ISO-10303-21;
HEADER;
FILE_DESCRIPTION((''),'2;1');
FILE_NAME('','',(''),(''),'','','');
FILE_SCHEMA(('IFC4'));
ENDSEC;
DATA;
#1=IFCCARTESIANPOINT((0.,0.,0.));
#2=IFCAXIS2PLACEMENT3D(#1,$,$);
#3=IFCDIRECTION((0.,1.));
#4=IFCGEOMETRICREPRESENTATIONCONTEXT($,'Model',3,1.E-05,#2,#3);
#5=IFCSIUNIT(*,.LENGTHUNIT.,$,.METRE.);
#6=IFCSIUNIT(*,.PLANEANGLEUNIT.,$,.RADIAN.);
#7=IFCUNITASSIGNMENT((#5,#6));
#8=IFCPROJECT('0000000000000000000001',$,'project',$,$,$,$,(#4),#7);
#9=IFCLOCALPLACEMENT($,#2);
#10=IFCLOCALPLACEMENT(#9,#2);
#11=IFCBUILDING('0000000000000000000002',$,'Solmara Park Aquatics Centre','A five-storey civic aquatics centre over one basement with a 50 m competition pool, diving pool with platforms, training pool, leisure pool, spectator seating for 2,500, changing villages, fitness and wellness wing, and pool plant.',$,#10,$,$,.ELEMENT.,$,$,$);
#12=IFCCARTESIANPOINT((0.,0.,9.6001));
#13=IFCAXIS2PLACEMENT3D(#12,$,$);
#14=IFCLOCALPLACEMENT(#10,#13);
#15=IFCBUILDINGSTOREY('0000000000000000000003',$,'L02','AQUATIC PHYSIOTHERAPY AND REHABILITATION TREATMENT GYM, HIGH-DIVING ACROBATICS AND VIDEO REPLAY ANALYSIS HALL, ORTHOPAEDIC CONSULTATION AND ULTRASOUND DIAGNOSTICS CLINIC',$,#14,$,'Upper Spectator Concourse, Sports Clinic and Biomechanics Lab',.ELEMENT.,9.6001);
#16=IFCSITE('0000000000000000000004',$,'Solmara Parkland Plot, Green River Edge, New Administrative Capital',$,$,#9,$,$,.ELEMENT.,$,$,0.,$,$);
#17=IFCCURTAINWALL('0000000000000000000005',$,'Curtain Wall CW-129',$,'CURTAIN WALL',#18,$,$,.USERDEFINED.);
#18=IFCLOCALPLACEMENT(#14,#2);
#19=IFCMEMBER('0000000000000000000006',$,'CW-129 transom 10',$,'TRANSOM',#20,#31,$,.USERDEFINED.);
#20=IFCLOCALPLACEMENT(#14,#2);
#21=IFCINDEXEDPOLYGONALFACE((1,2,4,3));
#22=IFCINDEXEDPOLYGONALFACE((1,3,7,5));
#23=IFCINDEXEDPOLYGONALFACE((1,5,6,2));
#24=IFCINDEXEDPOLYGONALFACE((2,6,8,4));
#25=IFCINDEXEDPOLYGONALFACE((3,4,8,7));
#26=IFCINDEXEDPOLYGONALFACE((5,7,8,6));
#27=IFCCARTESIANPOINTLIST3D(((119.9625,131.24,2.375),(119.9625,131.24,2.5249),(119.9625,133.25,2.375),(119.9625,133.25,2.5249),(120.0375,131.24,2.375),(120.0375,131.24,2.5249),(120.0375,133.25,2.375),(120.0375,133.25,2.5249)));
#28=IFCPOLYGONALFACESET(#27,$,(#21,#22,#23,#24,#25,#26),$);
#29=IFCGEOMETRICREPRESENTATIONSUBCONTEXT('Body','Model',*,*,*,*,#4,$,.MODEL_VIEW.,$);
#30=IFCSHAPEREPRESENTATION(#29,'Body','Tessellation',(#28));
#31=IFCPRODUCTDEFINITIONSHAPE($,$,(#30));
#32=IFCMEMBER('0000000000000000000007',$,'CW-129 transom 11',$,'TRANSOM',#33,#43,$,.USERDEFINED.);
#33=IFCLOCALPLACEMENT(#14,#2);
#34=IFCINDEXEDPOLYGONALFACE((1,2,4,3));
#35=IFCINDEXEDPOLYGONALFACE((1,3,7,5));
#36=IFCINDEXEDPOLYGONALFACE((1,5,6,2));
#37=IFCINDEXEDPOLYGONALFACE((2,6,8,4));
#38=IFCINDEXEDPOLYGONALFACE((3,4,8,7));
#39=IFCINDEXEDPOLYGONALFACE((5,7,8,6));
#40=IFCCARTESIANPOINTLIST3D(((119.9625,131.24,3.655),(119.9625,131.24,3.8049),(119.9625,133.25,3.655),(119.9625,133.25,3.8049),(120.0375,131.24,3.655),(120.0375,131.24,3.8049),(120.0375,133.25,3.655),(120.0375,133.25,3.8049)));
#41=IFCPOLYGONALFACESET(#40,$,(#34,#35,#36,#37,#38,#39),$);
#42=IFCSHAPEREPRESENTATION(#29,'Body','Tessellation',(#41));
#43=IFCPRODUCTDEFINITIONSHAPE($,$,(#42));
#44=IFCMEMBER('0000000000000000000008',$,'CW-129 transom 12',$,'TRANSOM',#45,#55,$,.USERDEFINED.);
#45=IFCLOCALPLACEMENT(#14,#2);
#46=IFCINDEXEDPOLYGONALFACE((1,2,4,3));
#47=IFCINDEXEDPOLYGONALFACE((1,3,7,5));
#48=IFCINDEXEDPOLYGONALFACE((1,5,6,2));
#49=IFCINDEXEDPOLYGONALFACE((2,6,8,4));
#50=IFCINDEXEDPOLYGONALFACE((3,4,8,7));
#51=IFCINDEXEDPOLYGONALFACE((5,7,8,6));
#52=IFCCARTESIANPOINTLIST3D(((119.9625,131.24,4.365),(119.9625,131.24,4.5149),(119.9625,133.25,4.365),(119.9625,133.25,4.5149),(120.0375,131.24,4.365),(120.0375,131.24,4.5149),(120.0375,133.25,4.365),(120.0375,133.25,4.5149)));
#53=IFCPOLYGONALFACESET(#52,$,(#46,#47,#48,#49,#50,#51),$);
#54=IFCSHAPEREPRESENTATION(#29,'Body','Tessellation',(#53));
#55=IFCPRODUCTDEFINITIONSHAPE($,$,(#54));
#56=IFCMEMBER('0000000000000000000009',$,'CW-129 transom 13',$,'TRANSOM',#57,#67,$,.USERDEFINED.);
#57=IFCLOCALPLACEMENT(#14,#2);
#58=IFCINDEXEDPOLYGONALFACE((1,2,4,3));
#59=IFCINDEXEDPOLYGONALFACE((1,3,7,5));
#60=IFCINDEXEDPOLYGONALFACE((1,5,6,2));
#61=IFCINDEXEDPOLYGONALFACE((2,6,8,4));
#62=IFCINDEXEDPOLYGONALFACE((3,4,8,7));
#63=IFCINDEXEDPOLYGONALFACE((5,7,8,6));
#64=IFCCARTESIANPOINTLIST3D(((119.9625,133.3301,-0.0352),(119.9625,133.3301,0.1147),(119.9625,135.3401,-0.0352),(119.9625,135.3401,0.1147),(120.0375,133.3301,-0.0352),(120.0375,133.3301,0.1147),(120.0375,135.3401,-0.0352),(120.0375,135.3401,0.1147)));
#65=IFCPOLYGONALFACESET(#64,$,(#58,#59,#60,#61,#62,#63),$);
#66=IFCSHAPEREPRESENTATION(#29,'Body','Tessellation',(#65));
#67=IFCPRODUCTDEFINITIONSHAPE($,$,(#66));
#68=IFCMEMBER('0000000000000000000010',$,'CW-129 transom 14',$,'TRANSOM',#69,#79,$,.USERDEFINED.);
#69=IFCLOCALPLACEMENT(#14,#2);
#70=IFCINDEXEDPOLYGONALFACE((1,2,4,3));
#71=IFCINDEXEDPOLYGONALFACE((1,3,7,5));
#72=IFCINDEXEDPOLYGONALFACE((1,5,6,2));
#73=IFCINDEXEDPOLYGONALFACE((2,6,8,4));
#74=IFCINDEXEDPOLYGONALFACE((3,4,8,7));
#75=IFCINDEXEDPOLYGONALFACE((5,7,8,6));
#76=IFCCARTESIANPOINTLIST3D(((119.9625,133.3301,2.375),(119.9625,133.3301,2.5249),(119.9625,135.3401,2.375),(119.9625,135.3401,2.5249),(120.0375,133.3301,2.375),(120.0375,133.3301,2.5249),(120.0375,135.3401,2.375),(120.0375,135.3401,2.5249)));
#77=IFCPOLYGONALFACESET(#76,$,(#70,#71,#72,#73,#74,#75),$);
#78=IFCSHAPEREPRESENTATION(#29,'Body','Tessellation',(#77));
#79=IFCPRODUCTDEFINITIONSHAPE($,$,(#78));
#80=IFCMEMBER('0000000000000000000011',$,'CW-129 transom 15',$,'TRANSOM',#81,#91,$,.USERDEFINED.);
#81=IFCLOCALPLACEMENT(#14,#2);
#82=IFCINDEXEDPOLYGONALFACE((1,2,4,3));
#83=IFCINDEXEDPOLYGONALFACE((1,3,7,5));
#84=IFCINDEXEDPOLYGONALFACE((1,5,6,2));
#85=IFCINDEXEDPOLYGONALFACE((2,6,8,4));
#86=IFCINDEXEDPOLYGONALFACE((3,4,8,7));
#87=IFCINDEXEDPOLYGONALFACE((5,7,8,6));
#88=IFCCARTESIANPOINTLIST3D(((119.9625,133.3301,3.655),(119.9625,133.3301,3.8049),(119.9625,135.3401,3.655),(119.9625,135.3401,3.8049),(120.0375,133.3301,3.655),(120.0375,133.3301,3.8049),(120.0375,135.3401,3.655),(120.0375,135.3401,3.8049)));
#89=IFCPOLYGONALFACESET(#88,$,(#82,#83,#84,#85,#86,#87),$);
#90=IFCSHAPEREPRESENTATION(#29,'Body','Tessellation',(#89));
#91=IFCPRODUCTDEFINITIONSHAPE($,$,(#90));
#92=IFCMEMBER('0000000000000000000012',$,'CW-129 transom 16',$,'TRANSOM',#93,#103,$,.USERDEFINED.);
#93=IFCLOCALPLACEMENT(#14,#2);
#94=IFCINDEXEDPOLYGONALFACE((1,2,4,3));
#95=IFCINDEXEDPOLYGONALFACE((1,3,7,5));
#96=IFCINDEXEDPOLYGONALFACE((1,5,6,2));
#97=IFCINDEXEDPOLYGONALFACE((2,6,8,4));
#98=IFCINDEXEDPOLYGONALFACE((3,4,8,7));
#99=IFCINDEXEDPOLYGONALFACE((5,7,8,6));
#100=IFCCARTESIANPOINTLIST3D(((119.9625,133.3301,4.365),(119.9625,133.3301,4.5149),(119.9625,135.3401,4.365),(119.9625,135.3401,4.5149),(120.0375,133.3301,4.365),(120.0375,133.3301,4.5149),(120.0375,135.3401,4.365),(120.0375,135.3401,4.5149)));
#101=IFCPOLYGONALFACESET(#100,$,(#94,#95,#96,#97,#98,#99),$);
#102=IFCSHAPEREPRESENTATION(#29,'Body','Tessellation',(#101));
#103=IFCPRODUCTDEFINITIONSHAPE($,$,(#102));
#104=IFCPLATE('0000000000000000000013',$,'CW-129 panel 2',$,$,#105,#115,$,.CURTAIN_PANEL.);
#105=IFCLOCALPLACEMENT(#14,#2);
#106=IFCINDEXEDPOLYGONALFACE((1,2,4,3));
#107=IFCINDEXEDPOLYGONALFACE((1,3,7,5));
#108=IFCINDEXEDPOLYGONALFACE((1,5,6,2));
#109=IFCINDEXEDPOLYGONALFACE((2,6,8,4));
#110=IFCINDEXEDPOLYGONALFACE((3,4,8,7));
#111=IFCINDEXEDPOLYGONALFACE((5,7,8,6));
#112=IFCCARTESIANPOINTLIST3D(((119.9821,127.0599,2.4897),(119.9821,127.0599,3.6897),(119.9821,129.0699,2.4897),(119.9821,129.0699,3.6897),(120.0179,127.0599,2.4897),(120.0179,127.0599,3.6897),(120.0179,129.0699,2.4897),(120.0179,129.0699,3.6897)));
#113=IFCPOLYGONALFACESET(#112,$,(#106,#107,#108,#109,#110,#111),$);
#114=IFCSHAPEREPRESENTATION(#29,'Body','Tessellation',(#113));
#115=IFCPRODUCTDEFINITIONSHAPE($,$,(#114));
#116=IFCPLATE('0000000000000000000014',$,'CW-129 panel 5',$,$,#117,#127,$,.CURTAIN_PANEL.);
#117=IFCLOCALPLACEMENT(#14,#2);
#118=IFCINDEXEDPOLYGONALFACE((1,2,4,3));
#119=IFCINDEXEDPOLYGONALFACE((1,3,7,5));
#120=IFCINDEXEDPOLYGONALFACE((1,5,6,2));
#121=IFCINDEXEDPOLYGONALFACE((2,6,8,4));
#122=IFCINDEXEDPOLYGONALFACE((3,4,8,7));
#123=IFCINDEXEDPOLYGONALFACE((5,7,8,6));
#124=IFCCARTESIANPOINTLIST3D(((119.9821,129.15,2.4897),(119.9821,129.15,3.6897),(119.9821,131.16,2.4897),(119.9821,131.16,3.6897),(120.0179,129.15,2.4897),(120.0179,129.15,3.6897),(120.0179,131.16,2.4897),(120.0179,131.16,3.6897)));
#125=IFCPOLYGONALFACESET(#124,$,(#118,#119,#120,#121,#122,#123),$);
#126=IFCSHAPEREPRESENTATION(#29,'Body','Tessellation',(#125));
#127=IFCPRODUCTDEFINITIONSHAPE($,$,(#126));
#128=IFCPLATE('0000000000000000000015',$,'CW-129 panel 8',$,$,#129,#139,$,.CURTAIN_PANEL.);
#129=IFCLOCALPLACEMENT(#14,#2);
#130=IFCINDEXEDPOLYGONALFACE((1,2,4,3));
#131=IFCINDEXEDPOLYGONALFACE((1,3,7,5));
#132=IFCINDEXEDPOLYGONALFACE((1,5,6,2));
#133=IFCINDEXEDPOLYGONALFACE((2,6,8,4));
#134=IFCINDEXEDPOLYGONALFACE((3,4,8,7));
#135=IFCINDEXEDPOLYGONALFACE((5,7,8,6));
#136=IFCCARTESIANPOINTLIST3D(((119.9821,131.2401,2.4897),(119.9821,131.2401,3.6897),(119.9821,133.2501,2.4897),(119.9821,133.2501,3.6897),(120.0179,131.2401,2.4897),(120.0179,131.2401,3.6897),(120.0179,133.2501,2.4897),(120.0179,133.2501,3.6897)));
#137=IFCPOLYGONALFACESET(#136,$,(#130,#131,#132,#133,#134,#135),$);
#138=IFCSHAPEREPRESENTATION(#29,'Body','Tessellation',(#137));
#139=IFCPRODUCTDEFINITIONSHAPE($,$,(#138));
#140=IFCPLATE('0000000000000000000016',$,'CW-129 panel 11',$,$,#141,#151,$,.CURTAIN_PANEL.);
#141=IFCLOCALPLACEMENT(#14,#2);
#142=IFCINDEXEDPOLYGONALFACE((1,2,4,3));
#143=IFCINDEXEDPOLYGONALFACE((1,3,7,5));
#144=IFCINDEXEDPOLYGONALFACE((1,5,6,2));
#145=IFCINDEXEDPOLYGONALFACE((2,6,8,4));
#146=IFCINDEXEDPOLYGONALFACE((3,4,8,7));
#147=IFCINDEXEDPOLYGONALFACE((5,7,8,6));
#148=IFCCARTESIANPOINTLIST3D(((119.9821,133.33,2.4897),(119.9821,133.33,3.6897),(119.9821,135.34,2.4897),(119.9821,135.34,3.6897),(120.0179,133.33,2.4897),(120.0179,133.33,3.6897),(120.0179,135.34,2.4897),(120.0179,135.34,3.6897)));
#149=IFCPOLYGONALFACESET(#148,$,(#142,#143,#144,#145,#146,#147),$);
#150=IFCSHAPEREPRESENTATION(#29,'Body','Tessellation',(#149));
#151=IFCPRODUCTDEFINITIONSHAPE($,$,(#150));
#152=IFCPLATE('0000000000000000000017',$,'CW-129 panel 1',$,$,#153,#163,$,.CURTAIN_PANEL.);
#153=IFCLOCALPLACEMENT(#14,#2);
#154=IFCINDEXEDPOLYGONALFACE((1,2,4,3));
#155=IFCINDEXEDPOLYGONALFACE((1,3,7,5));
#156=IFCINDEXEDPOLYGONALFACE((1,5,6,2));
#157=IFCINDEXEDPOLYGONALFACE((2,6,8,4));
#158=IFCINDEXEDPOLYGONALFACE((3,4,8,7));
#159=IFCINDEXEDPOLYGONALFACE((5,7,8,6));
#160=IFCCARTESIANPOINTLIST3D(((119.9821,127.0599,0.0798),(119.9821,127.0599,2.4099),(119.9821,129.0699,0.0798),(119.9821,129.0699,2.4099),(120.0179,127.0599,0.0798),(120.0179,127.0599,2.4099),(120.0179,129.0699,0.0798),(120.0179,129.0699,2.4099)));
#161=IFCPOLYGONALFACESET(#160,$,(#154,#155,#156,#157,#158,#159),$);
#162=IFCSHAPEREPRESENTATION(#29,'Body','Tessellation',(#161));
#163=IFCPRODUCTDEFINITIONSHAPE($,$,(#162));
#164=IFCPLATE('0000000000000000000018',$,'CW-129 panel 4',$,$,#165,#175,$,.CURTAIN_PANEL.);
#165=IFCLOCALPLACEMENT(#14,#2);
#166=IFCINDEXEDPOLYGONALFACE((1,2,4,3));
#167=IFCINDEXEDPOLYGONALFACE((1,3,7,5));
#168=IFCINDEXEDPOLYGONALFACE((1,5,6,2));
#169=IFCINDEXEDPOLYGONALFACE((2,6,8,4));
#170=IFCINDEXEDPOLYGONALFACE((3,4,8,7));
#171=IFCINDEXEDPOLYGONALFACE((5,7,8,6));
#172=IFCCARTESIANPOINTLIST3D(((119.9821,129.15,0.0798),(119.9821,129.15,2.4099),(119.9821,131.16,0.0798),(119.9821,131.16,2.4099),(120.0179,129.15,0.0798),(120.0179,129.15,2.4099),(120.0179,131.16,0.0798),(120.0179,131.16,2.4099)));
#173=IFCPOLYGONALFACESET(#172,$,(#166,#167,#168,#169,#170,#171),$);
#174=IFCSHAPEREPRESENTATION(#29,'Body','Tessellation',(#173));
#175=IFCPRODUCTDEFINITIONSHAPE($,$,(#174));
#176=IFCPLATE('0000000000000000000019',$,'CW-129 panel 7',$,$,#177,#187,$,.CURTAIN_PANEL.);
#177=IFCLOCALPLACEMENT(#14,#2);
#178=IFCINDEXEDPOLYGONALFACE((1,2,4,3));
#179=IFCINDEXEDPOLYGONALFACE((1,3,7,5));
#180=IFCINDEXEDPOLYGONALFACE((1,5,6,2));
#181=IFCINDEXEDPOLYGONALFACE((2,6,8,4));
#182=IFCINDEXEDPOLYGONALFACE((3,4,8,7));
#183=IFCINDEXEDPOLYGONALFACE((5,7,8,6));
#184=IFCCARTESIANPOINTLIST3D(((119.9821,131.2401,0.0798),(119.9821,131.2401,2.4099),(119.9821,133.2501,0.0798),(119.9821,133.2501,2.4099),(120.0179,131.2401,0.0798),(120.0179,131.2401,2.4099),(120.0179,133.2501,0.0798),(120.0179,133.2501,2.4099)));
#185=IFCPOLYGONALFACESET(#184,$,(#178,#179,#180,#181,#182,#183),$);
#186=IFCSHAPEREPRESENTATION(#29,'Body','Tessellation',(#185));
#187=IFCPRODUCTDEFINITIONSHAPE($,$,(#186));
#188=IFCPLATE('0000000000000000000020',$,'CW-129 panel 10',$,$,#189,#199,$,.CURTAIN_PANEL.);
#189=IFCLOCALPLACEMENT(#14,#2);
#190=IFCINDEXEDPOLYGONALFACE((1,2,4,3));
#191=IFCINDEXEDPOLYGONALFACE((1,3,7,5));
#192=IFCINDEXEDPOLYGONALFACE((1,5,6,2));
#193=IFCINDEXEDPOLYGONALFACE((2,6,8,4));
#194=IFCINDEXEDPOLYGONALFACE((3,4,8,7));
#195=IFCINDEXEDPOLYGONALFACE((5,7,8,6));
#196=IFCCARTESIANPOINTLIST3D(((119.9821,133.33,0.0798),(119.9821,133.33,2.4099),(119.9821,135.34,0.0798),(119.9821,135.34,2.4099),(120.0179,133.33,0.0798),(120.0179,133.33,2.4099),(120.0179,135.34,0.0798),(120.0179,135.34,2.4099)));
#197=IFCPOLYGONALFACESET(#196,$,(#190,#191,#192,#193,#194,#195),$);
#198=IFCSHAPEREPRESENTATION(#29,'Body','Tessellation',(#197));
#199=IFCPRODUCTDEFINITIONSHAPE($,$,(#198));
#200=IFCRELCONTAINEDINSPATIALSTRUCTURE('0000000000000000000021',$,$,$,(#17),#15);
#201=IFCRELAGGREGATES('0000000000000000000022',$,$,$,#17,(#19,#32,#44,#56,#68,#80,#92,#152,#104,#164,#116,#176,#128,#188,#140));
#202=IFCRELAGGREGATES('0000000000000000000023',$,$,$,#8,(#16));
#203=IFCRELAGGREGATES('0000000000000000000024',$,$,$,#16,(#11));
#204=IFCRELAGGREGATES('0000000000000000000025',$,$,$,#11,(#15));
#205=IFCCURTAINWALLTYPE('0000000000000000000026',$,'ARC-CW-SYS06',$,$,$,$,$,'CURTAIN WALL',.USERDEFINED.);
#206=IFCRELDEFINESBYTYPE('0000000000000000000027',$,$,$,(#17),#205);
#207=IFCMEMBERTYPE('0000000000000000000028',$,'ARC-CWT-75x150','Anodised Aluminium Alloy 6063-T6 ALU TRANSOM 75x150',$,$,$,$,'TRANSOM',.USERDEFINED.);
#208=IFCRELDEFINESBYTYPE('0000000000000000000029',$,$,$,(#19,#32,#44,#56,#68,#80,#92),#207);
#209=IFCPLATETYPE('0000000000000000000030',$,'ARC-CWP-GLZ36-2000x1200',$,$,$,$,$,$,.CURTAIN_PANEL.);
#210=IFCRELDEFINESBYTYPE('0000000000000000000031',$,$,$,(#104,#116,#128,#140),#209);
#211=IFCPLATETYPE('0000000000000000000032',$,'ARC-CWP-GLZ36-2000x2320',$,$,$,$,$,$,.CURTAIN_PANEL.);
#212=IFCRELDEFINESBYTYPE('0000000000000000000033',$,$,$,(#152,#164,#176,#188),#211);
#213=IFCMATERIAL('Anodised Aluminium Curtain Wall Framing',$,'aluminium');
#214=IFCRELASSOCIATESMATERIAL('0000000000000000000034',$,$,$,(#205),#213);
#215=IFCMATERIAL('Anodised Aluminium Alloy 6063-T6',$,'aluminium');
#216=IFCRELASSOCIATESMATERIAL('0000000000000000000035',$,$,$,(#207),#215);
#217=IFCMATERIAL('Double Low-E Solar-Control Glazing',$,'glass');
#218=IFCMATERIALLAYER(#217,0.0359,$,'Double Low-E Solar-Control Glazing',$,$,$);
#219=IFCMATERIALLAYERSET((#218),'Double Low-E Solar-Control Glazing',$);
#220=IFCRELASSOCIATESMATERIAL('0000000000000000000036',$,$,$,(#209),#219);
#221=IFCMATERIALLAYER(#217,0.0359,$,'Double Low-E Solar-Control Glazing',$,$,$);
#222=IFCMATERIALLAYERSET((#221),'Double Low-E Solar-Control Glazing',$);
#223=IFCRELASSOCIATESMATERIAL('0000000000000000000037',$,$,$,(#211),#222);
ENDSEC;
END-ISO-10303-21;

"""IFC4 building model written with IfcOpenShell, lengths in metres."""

from ifc_helpers import new_model, si_unit, direction, frame, origin, origin_2d, place, context, subcontext, project, spatial, rectangle, extrude, material, layer, layer_set, material_profile, profile_set, type_object, element, aggregate, save


model = new_model("IFC4")

# Units and contexts
model_context = context("Model", 3, precision=1e-05, world=origin(), true_north=direction((0.0, 1.0)))
body_context = subcontext(model_context, "Body", "Model", "MODEL_VIEW")
ifc_project = project(units=[si_unit("LENGTHUNIT", "METRE"), si_unit("PLANEANGLEUNIT", "RADIAN")], contexts=[model_context])

# Site, building, storey
site_placement = place(None, origin())
site = spatial("IfcSite", under=ifc_project, at=site_placement, Name="Solmara Parkland Plot, Green River Edge, New Administrative Capital", CompositionType="ELEMENT", RefElevation=0.0)
building_placement = place(site_placement, origin())
building = spatial("IfcBuilding", under=site, at=building_placement, Name="Solmara Park Aquatics Centre", Description="A five-storey civic aquatics centre over one basement with a 50 m competition pool, diving pool with platforms, training pool, leisure pool, spectator seating for 2,500, changing villages, fitness and wellness wing, and pool plant.", CompositionType="ELEMENT")
storey_placement = place(building_placement, frame((0.0, 0.0, 9.6001)))
storey = spatial("IfcBuildingStorey", under=building, at=storey_placement, Name="L02", Description="AQUATIC PHYSIOTHERAPY AND REHABILITATION TREATMENT GYM, HIGH-DIVING ACROBATICS AND VIDEO REPLAY ANALYSIS HALL, ORTHOPAEDIC CONSULTATION AND ULTRASOUND DIAGNOSTICS CLINIC", LongName="Upper Spectator Concourse, Sports Clinic and Biomechanics Lab", CompositionType="ELEMENT", Elevation=9.6001)

# Curtain wall, members, plates
ifc_material_1 = material(Name="Anodised Aluminium Curtain Wall Framing", Category="aluminium")
curtain_wall_type = type_object("IfcCurtainWallType", Name="ARC-CW-SYS06", ElementType="CURTAIN WALL", PredefinedType="USERDEFINED", material=ifc_material_1)
curtain_wall_placement = place(storey_placement, origin())
curtain_wall = element("IfcCurtainWall", 1, at=curtain_wall_placement, inside=storey, type_object=curtain_wall_type, Name="Curtain Wall CW-129", ObjectType="CURTAIN WALL", PredefinedType="USERDEFINED")
ifc_material_2 = material(Name="Anodised Aluminium Alloy 6063-T6", Category="aluminium")
ifc_material_profile_1 = material_profile(ifc_material_2, rectangle(XDim=0.075, YDim=0.1499, at=origin_2d()), Name="ALU TRANSOM 75x150")
ifc_profile_set_1 = profile_set([ifc_material_profile_1], Name="Anodised Aluminium Alloy 6063-T6")
member_type_1 = type_object("IfcMemberType", Name="ARC-CWT-75x150", Description="Anodised Aluminium Alloy 6063-T6 ALU TRANSOM 75x150", ElementType="TRANSOM", PredefinedType="USERDEFINED", material=ifc_profile_set_1)
member_1_placement = place(storey_placement, frame((120.0, 131.24, 2.45), z_axis=(0.0, 1.0, 0.0), x_axis=(-1.0, 0.0, 0.0)))
member_1 = element("IfcMember", 2, at=member_1_placement, type_object=member_type_1, Name="CW-129 transom 10", ObjectType="TRANSOM", PredefinedType="USERDEFINED", context=body_context, shape_type="SweptSolid", body=[
    extrude(rectangle(XDim=0.075, YDim=0.1499, at=origin_2d()), origin(), (0.0, 0.0, 1.0), 2.01),
])
member_2_placement = place(storey_placement, frame((120.0, 131.24, 3.73), z_axis=(0.0, 1.0, 0.0), x_axis=(-1.0, 0.0, 0.0)))
member_2 = element("IfcMember", 3, at=member_2_placement, type_object=member_type_1, Name="CW-129 transom 11", ObjectType="TRANSOM", PredefinedType="USERDEFINED", context=body_context, shape_type="SweptSolid", body=[
    extrude(rectangle(XDim=0.075, YDim=0.1499, at=origin_2d()), origin(), (0.0, 0.0, 1.0), 2.01),
])
member_3_placement = place(storey_placement, frame((120.0, 131.24, 4.4399), z_axis=(0.0, 1.0, 0.0), x_axis=(-1.0, 0.0, 0.0)))
member_3 = element("IfcMember", 4, at=member_3_placement, type_object=member_type_1, Name="CW-129 transom 12", ObjectType="TRANSOM", PredefinedType="USERDEFINED", context=body_context, shape_type="SweptSolid", body=[
    extrude(rectangle(XDim=0.075, YDim=0.1499, at=origin_2d()), origin(), (0.0, 0.0, 1.0), 2.01),
])
member_4_placement = place(storey_placement, frame((120.0, 133.3301, 0.0398), z_axis=(0.0, 1.0, 0.0), x_axis=(-1.0, 0.0, 0.0)))
member_4 = element("IfcMember", 5, at=member_4_placement, type_object=member_type_1, Name="CW-129 transom 13", ObjectType="TRANSOM", PredefinedType="USERDEFINED", context=body_context, shape_type="SweptSolid", body=[
    extrude(rectangle(XDim=0.075, YDim=0.1499, at=origin_2d()), origin(), (0.0, 0.0, 1.0), 2.01),
])
member_5_placement = place(storey_placement, frame((120.0, 133.3301, 2.45), z_axis=(0.0, 1.0, 0.0), x_axis=(-1.0, 0.0, 0.0)))
member_5 = element("IfcMember", 6, at=member_5_placement, type_object=member_type_1, Name="CW-129 transom 14", ObjectType="TRANSOM", PredefinedType="USERDEFINED", context=body_context, shape_type="SweptSolid", body=[
    extrude(rectangle(XDim=0.075, YDim=0.1499, at=origin_2d()), origin(), (0.0, 0.0, 1.0), 2.01),
])
member_6_placement = place(storey_placement, frame((120.0, 133.3301, 3.73), z_axis=(0.0, 1.0, 0.0), x_axis=(-1.0, 0.0, 0.0)))
member_6 = element("IfcMember", 7, at=member_6_placement, type_object=member_type_1, Name="CW-129 transom 15", ObjectType="TRANSOM", PredefinedType="USERDEFINED", context=body_context, shape_type="SweptSolid", body=[
    extrude(rectangle(XDim=0.075, YDim=0.1499, at=origin_2d()), origin(), (0.0, 0.0, 1.0), 2.01),
])
member_7_placement = place(storey_placement, frame((120.0, 133.3301, 4.4399), z_axis=(0.0, 1.0, 0.0), x_axis=(-1.0, 0.0, 0.0)))
member_7 = element("IfcMember", 8, at=member_7_placement, type_object=member_type_1, Name="CW-129 transom 16", ObjectType="TRANSOM", PredefinedType="USERDEFINED", context=body_context, shape_type="SweptSolid", body=[
    extrude(rectangle(XDim=0.075, YDim=0.1499, at=origin_2d()), origin(), (0.0, 0.0, 1.0), 2.01),
])
ifc_material_3 = material(Name="Double Low-E Solar-Control Glazing", Category="glass")
ifc_layer_1 = layer(ifc_material_3, 0.0359, Name="Double Low-E Solar-Control Glazing")
ifc_layer_set_1 = layer_set([ifc_layer_1], Name="Double Low-E Solar-Control Glazing")
plate_type_1 = type_object("IfcPlateType", Name="ARC-CWP-GLZ36-2000x1200", PredefinedType="CURTAIN_PANEL", material=ifc_layer_set_1)
plate_1_placement = place(storey_placement, frame((120.0, 128.0649, 2.4897), z_axis=(0.0, 0.0, 1.0), x_axis=(0.0, 1.0, 0.0)))
plate_1 = element("IfcPlate", 9, at=plate_1_placement, type_object=plate_type_1, Name="CW-129 panel 2", PredefinedType="CURTAIN_PANEL", context=body_context, shape_type="SweptSolid", body=[
    extrude(rectangle(XDim=2.01, YDim=0.0359, at=origin_2d()), origin(), (0.0, 0.0, 1.0), 1.2),
])
plate_2_placement = place(storey_placement, frame((120.0, 130.155, 2.4897), z_axis=(0.0, 0.0, 1.0), x_axis=(0.0, 1.0, 0.0)))
plate_2 = element("IfcPlate", 10, at=plate_2_placement, type_object=plate_type_1, Name="CW-129 panel 5", PredefinedType="CURTAIN_PANEL", context=body_context, shape_type="SweptSolid", body=[
    extrude(rectangle(XDim=2.01, YDim=0.0359, at=origin_2d()), origin(), (0.0, 0.0, 1.0), 1.2),
])
plate_3_placement = place(storey_placement, frame((120.0, 132.2451, 2.4897), z_axis=(0.0, 0.0, 1.0), x_axis=(0.0, 1.0, 0.0)))
plate_3 = element("IfcPlate", 11, at=plate_3_placement, type_object=plate_type_1, Name="CW-129 panel 8", PredefinedType="CURTAIN_PANEL", context=body_context, shape_type="SweptSolid", body=[
    extrude(rectangle(XDim=2.01, YDim=0.0359, at=origin_2d()), origin(), (0.0, 0.0, 1.0), 1.2),
])
plate_4_placement = place(storey_placement, frame((120.0, 134.335, 2.4897), z_axis=(0.0, 0.0, 1.0), x_axis=(0.0, 1.0, 0.0)))
plate_4 = element("IfcPlate", 12, at=plate_4_placement, type_object=plate_type_1, Name="CW-129 panel 11", PredefinedType="CURTAIN_PANEL", context=body_context, shape_type="SweptSolid", body=[
    extrude(rectangle(XDim=2.01, YDim=0.0359, at=origin_2d()), origin(), (0.0, 0.0, 1.0), 1.2),
])
ifc_layer_2 = layer(ifc_material_3, 0.0359, Name="Double Low-E Solar-Control Glazing")
ifc_layer_set_2 = layer_set([ifc_layer_2], Name="Double Low-E Solar-Control Glazing")
plate_type_2 = type_object("IfcPlateType", Name="ARC-CWP-GLZ36-2000x2320", PredefinedType="CURTAIN_PANEL", material=ifc_layer_set_2)
plate_5_placement = place(storey_placement, frame((120.0, 128.0649, 0.0798), z_axis=(0.0, 0.0, 1.0), x_axis=(0.0, 1.0, 0.0)))
plate_5 = element("IfcPlate", 13, at=plate_5_placement, type_object=plate_type_2, Name="CW-129 panel 1", PredefinedType="CURTAIN_PANEL", context=body_context, shape_type="SweptSolid", body=[
    extrude(rectangle(XDim=2.01, YDim=0.0359, at=origin_2d()), origin(), (0.0, 0.0, 1.0), 2.3301),
])
plate_6_placement = place(storey_placement, frame((120.0, 130.155, 0.0798), z_axis=(0.0, 0.0, 1.0), x_axis=(0.0, 1.0, 0.0)))
plate_6 = element("IfcPlate", 14, at=plate_6_placement, type_object=plate_type_2, Name="CW-129 panel 4", PredefinedType="CURTAIN_PANEL", context=body_context, shape_type="SweptSolid", body=[
    extrude(rectangle(XDim=2.01, YDim=0.0359, at=origin_2d()), origin(), (0.0, 0.0, 1.0), 2.3301),
])
plate_7_placement = place(storey_placement, frame((120.0, 132.2451, 0.0798), z_axis=(0.0, 0.0, 1.0), x_axis=(0.0, 1.0, 0.0)))
plate_7 = element("IfcPlate", 15, at=plate_7_placement, type_object=plate_type_2, Name="CW-129 panel 7", PredefinedType="CURTAIN_PANEL", context=body_context, shape_type="SweptSolid", body=[
    extrude(rectangle(XDim=2.01, YDim=0.0359, at=origin_2d()), origin(), (0.0, 0.0, 1.0), 2.3301),
])
plate_8_placement = place(storey_placement, frame((120.0, 134.335, 0.0798), z_axis=(0.0, 0.0, 1.0), x_axis=(0.0, 1.0, 0.0)))
plate_8 = element("IfcPlate", 16, at=plate_8_placement, type_object=plate_type_2, Name="CW-129 panel 10", PredefinedType="CURTAIN_PANEL", context=body_context, shape_type="SweptSolid", body=[
    extrude(rectangle(XDim=2.01, YDim=0.0359, at=origin_2d()), origin(), (0.0, 0.0, 1.0), 2.3301),
])
aggregate(curtain_wall, [member_1, member_2, member_3, member_4, member_5, member_6, member_7, plate_5, plate_1, plate_6, plate_2, plate_7, plate_3, plate_8, plate_4])

save(model, "model.ifc")
